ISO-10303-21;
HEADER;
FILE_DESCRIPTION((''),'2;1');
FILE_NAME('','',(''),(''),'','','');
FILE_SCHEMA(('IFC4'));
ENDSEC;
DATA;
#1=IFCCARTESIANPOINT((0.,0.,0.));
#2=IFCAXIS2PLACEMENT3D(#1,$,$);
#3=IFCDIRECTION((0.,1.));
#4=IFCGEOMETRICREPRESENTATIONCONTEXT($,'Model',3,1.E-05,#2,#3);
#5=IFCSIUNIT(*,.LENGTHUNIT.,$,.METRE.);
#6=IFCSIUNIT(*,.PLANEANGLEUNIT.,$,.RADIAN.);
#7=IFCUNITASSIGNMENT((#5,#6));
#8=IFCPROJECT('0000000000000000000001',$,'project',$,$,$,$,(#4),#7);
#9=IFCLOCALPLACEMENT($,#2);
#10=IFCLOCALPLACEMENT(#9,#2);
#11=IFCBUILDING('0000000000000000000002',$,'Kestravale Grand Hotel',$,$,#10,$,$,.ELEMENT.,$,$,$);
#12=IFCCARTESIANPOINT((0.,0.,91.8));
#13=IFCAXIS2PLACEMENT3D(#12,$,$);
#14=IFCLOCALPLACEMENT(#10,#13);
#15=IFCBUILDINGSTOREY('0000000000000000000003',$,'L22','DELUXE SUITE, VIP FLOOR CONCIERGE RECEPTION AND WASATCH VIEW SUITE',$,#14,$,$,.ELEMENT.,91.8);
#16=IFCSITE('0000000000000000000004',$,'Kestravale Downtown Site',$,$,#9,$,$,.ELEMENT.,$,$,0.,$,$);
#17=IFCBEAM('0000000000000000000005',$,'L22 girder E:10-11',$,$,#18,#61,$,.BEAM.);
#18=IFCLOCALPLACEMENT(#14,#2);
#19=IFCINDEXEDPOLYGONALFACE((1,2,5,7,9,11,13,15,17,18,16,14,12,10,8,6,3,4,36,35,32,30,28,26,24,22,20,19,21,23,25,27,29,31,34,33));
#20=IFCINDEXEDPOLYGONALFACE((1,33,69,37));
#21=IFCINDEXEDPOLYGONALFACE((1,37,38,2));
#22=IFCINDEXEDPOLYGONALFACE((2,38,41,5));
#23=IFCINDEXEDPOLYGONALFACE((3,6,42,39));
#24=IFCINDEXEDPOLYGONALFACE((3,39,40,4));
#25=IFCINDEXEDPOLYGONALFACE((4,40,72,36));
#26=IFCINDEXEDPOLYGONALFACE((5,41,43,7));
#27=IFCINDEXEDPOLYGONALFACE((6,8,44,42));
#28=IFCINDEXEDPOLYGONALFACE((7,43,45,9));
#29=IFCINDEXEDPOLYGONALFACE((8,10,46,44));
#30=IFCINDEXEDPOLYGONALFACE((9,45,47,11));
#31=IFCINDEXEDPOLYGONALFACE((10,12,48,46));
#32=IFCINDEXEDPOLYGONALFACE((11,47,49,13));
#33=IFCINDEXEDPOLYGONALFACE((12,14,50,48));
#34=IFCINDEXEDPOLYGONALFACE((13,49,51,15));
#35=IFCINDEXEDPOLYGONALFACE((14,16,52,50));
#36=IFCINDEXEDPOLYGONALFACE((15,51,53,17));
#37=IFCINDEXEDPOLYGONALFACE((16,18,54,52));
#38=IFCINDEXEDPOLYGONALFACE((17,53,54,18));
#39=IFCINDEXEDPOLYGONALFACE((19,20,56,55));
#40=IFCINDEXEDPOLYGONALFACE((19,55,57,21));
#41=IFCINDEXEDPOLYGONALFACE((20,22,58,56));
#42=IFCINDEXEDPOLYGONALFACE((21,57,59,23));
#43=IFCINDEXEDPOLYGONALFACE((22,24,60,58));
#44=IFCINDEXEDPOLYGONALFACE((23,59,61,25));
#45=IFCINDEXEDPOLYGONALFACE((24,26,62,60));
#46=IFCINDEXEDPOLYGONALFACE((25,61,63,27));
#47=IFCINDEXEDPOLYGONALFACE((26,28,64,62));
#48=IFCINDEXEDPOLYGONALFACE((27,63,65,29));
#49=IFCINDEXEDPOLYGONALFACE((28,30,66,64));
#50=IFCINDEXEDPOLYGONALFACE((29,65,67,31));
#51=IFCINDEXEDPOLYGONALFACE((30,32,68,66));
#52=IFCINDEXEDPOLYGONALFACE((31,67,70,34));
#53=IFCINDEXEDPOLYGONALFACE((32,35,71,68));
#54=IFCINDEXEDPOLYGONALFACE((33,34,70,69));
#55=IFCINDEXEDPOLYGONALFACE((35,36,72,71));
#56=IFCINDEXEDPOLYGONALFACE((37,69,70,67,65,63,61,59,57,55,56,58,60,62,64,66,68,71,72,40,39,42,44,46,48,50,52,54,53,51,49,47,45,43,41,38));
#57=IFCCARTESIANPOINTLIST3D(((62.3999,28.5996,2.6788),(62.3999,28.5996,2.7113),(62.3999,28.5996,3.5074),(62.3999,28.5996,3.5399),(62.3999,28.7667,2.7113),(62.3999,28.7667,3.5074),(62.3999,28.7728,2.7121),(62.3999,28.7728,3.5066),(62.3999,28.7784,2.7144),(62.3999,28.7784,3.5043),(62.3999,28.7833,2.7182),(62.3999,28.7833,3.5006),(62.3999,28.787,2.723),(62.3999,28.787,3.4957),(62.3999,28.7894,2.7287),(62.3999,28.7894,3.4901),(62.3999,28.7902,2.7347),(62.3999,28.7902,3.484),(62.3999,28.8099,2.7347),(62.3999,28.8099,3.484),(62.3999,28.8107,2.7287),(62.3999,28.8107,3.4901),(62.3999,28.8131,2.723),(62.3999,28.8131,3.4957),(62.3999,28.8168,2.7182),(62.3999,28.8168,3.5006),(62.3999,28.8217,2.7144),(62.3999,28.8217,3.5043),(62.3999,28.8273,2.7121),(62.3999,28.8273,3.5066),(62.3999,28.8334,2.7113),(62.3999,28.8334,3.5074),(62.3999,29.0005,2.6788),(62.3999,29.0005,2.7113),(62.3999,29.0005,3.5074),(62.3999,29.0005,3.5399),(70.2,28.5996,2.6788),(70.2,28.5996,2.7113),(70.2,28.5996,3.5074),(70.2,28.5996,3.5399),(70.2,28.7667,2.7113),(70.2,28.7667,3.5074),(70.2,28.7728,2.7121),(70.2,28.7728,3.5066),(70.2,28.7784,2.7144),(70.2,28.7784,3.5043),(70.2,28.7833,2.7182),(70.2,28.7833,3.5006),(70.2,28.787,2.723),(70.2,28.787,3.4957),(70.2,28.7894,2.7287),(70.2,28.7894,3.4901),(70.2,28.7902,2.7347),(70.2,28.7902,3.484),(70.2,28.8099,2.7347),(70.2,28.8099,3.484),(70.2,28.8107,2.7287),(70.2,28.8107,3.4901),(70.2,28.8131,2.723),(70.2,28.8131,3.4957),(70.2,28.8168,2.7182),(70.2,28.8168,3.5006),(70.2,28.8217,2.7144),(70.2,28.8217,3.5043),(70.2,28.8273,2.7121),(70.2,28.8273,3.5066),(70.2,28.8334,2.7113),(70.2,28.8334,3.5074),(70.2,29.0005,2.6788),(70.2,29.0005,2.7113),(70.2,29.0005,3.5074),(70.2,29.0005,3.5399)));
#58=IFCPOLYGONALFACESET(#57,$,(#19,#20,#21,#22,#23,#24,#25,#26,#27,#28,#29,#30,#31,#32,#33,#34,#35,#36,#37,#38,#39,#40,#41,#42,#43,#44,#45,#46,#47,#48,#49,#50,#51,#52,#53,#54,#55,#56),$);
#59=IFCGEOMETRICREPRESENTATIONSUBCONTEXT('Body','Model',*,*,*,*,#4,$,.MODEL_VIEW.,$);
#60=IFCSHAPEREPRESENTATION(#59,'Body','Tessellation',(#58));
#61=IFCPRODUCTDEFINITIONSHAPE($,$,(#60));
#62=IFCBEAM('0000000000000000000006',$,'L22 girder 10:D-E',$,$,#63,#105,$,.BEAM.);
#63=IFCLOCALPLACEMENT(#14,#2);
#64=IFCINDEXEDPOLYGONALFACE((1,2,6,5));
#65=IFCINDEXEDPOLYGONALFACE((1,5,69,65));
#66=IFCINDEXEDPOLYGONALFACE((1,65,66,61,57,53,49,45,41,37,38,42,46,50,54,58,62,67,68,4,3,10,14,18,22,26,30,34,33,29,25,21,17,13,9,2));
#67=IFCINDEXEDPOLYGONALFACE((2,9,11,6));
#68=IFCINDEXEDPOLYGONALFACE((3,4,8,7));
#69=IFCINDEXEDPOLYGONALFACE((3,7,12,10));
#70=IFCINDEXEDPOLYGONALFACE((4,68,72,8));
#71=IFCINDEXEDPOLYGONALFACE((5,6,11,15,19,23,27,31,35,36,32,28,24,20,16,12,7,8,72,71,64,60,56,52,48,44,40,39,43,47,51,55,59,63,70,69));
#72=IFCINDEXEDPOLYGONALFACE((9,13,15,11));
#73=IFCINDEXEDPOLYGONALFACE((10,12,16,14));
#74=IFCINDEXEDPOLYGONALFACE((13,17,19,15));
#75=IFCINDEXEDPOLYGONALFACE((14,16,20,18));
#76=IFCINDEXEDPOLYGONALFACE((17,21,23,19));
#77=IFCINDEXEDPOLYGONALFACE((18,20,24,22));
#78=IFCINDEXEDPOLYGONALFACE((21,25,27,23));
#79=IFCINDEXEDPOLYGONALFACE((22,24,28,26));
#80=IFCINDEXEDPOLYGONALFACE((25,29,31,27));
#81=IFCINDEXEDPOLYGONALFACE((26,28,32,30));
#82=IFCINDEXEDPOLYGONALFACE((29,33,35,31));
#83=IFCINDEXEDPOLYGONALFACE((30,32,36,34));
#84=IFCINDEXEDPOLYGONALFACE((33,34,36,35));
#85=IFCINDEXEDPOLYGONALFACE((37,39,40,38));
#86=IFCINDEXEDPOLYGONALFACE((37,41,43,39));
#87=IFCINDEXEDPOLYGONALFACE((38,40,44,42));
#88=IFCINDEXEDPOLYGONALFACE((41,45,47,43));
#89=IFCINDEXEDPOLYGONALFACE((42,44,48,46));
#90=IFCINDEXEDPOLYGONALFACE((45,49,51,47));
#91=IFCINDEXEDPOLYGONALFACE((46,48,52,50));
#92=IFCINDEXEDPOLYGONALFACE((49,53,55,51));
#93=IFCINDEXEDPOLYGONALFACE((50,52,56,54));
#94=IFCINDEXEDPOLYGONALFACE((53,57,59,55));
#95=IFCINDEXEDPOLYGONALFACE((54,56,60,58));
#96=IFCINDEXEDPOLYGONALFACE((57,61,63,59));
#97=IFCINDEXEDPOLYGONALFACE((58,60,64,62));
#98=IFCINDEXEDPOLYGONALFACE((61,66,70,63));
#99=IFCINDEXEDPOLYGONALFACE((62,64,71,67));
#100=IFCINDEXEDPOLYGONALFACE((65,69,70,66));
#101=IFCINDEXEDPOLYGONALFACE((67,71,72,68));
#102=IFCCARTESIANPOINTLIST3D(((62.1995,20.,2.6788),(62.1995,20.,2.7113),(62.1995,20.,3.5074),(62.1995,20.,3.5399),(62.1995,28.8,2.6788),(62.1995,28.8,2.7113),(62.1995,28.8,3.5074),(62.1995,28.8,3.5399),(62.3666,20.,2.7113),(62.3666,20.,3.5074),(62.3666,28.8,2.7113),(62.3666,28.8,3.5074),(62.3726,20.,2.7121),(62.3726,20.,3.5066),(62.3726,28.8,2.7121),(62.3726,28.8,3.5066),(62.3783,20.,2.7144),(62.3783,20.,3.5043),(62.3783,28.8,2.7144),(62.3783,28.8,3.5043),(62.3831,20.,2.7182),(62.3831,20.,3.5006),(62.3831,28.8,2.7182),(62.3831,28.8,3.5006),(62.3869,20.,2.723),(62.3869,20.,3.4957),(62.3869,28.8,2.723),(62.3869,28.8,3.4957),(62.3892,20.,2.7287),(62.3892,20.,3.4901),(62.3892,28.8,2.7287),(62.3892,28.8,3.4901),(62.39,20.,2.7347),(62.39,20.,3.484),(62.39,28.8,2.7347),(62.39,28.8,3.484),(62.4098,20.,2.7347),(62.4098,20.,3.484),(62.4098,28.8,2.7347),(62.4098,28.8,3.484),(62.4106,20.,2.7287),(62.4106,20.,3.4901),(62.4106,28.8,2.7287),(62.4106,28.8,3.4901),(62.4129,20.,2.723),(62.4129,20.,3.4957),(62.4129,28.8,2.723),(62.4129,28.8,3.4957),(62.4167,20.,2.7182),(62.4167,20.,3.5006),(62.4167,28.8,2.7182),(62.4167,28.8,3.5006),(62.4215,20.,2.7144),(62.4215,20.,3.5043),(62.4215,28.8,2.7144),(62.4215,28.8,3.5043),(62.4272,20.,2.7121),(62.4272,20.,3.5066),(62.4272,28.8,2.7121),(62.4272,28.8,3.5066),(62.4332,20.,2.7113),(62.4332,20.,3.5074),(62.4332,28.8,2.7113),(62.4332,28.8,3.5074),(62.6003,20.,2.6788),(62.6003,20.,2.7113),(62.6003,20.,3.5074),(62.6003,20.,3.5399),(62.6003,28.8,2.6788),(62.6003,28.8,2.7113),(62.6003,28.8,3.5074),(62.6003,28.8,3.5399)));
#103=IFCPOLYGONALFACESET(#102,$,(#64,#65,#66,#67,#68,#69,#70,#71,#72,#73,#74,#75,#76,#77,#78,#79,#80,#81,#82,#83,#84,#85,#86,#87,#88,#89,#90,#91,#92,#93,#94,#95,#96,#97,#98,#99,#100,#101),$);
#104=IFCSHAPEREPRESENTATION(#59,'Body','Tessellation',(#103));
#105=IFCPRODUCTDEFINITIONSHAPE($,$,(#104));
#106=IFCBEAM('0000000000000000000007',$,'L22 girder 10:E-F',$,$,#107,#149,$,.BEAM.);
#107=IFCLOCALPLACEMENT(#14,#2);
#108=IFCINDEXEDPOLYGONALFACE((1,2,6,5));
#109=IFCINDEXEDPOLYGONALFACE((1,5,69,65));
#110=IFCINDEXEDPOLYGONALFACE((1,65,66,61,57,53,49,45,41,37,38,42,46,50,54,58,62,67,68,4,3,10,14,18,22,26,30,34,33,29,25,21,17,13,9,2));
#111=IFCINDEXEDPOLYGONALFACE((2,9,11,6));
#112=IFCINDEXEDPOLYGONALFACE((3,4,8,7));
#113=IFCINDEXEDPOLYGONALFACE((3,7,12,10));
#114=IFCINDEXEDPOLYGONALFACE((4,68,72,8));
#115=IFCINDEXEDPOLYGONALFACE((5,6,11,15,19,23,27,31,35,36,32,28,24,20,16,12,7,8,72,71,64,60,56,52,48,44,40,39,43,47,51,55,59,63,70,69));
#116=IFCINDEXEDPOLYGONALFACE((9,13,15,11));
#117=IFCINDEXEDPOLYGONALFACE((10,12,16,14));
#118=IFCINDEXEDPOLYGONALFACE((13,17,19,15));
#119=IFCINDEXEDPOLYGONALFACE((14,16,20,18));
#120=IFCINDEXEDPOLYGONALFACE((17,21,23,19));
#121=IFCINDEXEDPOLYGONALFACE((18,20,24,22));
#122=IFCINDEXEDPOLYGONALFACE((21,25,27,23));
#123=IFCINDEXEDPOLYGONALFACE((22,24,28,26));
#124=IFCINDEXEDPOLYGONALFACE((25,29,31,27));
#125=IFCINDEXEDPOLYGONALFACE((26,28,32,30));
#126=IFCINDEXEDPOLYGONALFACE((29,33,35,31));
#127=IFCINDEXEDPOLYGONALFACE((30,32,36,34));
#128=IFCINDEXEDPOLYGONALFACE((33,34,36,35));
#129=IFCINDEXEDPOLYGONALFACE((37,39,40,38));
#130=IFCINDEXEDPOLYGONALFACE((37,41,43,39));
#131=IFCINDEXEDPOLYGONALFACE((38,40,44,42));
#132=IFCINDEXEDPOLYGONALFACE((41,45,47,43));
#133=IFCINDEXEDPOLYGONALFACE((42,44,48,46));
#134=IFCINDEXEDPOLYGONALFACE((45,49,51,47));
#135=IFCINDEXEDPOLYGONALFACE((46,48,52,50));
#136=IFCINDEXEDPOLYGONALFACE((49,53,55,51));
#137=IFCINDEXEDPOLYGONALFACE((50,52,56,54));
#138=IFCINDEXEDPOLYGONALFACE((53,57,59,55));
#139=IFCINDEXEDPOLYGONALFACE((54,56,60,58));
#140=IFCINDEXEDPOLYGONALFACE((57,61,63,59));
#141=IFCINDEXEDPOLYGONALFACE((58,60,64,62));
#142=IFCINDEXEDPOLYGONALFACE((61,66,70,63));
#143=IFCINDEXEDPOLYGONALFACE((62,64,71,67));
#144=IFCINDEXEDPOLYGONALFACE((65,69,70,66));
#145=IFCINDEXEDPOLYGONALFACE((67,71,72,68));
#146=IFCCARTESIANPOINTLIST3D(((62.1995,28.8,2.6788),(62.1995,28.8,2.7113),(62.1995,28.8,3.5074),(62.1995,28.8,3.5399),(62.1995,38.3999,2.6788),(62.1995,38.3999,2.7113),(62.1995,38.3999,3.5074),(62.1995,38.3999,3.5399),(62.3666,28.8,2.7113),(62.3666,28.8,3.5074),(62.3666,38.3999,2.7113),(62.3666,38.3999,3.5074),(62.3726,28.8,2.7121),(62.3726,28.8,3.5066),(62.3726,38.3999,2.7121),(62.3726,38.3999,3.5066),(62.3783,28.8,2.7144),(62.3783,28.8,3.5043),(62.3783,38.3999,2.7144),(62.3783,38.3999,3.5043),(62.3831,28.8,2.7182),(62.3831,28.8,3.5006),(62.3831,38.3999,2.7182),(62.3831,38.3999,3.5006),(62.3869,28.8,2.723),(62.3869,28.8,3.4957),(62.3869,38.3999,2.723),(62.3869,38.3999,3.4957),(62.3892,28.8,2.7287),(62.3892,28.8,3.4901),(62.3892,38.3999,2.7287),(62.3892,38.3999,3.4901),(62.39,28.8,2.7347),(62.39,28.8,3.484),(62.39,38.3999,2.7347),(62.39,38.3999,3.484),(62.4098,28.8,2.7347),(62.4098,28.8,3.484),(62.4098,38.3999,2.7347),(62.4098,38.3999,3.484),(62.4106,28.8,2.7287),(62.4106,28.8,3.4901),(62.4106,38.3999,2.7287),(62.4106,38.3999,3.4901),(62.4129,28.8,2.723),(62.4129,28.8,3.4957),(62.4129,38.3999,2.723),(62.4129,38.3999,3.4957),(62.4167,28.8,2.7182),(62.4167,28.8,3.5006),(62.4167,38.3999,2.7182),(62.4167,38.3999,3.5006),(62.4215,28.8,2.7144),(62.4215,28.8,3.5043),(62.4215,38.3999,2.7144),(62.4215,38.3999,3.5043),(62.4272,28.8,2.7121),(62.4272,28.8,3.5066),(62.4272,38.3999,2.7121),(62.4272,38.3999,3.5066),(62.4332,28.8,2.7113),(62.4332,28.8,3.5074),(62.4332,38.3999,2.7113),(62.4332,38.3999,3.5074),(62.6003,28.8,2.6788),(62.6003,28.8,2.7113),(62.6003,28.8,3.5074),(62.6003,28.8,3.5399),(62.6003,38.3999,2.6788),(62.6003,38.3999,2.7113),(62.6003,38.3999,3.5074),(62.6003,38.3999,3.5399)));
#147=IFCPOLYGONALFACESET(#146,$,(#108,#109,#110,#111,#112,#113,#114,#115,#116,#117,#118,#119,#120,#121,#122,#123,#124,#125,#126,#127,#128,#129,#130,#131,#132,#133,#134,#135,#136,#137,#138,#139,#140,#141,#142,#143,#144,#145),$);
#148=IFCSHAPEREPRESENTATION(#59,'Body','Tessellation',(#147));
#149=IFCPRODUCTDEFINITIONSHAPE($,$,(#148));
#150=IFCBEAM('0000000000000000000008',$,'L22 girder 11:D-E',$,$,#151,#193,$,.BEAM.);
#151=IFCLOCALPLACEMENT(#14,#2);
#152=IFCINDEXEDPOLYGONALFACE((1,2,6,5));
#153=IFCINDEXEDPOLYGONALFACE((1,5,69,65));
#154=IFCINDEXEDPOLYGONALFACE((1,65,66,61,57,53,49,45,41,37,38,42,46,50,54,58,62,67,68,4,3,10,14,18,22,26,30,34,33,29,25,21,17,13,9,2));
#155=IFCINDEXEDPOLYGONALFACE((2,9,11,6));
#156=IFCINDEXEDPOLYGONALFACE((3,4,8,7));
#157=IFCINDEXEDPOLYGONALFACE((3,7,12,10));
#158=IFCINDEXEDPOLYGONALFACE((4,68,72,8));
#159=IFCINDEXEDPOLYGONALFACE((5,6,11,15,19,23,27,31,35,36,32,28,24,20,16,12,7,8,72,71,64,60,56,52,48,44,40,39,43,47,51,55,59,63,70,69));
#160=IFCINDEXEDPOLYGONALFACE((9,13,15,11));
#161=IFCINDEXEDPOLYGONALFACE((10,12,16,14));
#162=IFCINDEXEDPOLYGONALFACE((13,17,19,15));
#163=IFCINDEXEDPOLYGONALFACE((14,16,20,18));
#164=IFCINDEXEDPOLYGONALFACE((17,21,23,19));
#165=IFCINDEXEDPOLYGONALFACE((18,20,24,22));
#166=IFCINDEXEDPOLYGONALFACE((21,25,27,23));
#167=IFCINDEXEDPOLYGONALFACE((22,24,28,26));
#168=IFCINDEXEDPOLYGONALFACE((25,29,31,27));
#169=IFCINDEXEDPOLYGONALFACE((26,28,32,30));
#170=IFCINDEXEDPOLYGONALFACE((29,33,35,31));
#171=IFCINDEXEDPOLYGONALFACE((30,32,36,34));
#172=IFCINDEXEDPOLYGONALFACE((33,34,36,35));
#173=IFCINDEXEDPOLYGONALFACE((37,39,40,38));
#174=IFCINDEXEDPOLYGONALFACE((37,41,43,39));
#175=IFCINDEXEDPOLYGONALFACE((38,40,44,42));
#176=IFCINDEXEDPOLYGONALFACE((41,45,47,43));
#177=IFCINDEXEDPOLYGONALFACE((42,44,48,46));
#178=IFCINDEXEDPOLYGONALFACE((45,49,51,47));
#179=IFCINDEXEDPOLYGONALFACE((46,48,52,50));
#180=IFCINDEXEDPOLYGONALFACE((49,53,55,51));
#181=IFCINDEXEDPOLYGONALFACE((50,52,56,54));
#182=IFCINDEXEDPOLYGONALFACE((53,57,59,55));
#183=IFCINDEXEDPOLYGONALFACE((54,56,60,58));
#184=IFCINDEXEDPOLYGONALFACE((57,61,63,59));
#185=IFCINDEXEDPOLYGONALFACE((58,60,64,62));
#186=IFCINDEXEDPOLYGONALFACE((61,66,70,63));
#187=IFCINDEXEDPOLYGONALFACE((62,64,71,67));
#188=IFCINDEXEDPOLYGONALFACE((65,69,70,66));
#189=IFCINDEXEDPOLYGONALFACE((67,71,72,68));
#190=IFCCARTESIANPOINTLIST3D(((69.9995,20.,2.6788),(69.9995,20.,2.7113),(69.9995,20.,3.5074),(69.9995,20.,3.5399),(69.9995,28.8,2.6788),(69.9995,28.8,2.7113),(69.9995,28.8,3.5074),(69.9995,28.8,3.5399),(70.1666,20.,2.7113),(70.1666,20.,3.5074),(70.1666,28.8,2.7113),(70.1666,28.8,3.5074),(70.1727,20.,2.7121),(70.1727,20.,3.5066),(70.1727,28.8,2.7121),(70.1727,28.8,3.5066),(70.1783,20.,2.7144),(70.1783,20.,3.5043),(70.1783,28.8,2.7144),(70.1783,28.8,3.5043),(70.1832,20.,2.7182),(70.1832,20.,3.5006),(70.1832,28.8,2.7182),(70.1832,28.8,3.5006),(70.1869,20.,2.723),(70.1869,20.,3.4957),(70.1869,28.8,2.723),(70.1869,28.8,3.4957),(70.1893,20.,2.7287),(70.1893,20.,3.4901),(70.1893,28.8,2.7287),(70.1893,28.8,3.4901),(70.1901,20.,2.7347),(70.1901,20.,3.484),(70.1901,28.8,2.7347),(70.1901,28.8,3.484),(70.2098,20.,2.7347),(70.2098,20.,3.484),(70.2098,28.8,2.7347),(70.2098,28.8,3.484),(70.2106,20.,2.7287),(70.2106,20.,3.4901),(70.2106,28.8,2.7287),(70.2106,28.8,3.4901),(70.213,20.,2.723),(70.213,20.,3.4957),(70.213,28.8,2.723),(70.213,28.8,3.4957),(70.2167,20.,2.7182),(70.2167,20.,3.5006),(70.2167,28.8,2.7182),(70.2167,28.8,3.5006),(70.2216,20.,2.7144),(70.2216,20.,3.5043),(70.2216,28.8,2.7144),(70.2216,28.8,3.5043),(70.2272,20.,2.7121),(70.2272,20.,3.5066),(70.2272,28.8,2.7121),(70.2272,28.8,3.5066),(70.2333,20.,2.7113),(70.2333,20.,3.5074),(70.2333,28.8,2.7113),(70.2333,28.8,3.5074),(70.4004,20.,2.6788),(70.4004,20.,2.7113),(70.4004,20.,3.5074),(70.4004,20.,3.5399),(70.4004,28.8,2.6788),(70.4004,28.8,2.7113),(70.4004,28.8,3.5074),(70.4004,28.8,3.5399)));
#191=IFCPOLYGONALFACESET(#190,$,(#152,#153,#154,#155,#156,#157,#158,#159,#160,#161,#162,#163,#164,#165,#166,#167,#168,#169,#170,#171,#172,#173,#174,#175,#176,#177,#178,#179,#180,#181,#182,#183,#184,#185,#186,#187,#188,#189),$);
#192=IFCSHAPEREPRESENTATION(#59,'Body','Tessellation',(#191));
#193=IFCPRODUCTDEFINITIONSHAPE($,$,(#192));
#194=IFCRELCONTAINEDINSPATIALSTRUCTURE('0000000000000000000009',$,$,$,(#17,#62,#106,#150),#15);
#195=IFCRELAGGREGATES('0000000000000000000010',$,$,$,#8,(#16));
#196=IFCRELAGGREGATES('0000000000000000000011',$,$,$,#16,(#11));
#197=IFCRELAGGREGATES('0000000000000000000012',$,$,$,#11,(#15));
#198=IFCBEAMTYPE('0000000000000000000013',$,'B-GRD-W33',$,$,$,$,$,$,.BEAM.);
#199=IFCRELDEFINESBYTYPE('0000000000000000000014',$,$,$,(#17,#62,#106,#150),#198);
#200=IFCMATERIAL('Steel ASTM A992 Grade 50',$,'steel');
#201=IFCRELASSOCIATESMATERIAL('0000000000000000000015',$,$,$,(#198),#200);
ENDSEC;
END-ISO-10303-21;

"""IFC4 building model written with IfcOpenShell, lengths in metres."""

from ifc_helpers import new_model, si_unit, direction, frame, origin, origin_2d, place, context, subcontext, project, spatial, i_section, extrude, material, material_profile, profile_set, type_object, element, save


model = new_model("IFC4")

# Units and contexts
model_context = context("Model", 3, precision=1e-05, world=origin(), true_north=direction((0.0, 1.0)))
body_context = subcontext(model_context, "Body", "Model", "MODEL_VIEW")
ifc_project = project(units=[si_unit("LENGTHUNIT", "METRE"), si_unit("PLANEANGLEUNIT", "RADIAN")], contexts=[model_context])

# Site, building, storey
site_placement = place(None, origin())
site = spatial("IfcSite", under=ifc_project, at=site_placement, Name="Kestravale Downtown Site", CompositionType="ELEMENT", RefElevation=0.0)
building_placement = place(site_placement, origin())
building = spatial("IfcBuilding", under=site, at=building_placement, Name="Kestravale Grand Hotel", CompositionType="ELEMENT")
storey_placement = place(building_placement, frame((0.0, 0.0, 91.8)))
storey = spatial("IfcBuildingStorey", under=building, at=storey_placement, Name="L22", Description="DELUXE SUITE, VIP FLOOR CONCIERGE RECEPTION AND WASATCH VIEW SUITE", CompositionType="ELEMENT", Elevation=91.8)

# Beams
ifc_material_1 = material(Name="Steel ASTM A992 Grade 50", Category="steel")
ifc_material_profile_1 = material_profile(ifc_material_1, i_section(OverallWidth=0.4009, OverallDepth=0.8611, WebThickness=0.0198, FlangeThickness=0.0325, FilletRadius=0.0234, at=origin_2d()))
ifc_profile_set_1 = profile_set([ifc_material_profile_1], Name="Steel ASTM A992 Grade 50")
beam_type_1 = type_object("IfcBeamType", Name="B-GRD-W33", PredefinedType="BEAM", material=ifc_profile_set_1)
for number, where, z_axis, x_axis, name in (
    (1, (62.3999, 28.8, 3.1094), (1.0, 0.0, 0.0), (0.0, 1.0, 0.0), "L22 girder E:10-11"),
):
    element("IfcBeam", number, at=place(storey_placement, frame(where, z_axis=z_axis, x_axis=x_axis)), inside=storey, type_object=beam_type_1, Name=name, PredefinedType="BEAM", context=body_context, shape_type="SweptSolid", body=[
        extrude(i_section(OverallWidth=0.4009, OverallDepth=0.8611, WebThickness=0.0198, FlangeThickness=0.0325, FilletRadius=0.0234, at=origin_2d()), origin(), (0.0, 0.0, 1.0), 7.8),
    ])
beam_1_placement = place(storey_placement, frame((62.3999, 20.0, 3.1094), z_axis=(0.0, 1.0, 0.0), x_axis=(-1.0, 0.0, 0.0)))
element("IfcBeam", 2, at=beam_1_placement, inside=storey, type_object=beam_type_1, Name="L22 girder 10:D-E", PredefinedType="BEAM", context=body_context, shape_type="SweptSolid", body=[
    extrude(i_section(OverallWidth=0.4009, OverallDepth=0.8611, WebThickness=0.0198, FlangeThickness=0.0325, FilletRadius=0.0234, at=origin_2d()), origin(), (0.0, 0.0, 1.0), 8.8),
])
beam_2_placement = place(storey_placement, frame((62.3999, 28.8, 3.1094), z_axis=(0.0, 1.0, 0.0), x_axis=(-1.0, 0.0, 0.0)))
element("IfcBeam", 3, at=beam_2_placement, inside=storey, type_object=beam_type_1, Name="L22 girder 10:E-F", PredefinedType="BEAM", context=body_context, shape_type="SweptSolid", body=[
    extrude(i_section(OverallWidth=0.4009, OverallDepth=0.8611, WebThickness=0.0198, FlangeThickness=0.0325, FilletRadius=0.0234, at=origin_2d()), origin(), (0.0, 0.0, 1.0), 9.5999),
])
beam_3_placement = place(storey_placement, frame((70.2, 20.0, 3.1094), z_axis=(0.0, 1.0, 0.0), x_axis=(-1.0, 0.0, 0.0)))
element("IfcBeam", 4, at=beam_3_placement, inside=storey, type_object=beam_type_1, Name="L22 girder 11:D-E", PredefinedType="BEAM", context=body_context, shape_type="SweptSolid", body=[
    extrude(i_section(OverallWidth=0.4009, OverallDepth=0.8611, WebThickness=0.0198, FlangeThickness=0.0325, FilletRadius=0.0234, at=origin_2d()), origin(), (0.0, 0.0, 1.0), 8.8),
])

save(model, "model.ifc")
